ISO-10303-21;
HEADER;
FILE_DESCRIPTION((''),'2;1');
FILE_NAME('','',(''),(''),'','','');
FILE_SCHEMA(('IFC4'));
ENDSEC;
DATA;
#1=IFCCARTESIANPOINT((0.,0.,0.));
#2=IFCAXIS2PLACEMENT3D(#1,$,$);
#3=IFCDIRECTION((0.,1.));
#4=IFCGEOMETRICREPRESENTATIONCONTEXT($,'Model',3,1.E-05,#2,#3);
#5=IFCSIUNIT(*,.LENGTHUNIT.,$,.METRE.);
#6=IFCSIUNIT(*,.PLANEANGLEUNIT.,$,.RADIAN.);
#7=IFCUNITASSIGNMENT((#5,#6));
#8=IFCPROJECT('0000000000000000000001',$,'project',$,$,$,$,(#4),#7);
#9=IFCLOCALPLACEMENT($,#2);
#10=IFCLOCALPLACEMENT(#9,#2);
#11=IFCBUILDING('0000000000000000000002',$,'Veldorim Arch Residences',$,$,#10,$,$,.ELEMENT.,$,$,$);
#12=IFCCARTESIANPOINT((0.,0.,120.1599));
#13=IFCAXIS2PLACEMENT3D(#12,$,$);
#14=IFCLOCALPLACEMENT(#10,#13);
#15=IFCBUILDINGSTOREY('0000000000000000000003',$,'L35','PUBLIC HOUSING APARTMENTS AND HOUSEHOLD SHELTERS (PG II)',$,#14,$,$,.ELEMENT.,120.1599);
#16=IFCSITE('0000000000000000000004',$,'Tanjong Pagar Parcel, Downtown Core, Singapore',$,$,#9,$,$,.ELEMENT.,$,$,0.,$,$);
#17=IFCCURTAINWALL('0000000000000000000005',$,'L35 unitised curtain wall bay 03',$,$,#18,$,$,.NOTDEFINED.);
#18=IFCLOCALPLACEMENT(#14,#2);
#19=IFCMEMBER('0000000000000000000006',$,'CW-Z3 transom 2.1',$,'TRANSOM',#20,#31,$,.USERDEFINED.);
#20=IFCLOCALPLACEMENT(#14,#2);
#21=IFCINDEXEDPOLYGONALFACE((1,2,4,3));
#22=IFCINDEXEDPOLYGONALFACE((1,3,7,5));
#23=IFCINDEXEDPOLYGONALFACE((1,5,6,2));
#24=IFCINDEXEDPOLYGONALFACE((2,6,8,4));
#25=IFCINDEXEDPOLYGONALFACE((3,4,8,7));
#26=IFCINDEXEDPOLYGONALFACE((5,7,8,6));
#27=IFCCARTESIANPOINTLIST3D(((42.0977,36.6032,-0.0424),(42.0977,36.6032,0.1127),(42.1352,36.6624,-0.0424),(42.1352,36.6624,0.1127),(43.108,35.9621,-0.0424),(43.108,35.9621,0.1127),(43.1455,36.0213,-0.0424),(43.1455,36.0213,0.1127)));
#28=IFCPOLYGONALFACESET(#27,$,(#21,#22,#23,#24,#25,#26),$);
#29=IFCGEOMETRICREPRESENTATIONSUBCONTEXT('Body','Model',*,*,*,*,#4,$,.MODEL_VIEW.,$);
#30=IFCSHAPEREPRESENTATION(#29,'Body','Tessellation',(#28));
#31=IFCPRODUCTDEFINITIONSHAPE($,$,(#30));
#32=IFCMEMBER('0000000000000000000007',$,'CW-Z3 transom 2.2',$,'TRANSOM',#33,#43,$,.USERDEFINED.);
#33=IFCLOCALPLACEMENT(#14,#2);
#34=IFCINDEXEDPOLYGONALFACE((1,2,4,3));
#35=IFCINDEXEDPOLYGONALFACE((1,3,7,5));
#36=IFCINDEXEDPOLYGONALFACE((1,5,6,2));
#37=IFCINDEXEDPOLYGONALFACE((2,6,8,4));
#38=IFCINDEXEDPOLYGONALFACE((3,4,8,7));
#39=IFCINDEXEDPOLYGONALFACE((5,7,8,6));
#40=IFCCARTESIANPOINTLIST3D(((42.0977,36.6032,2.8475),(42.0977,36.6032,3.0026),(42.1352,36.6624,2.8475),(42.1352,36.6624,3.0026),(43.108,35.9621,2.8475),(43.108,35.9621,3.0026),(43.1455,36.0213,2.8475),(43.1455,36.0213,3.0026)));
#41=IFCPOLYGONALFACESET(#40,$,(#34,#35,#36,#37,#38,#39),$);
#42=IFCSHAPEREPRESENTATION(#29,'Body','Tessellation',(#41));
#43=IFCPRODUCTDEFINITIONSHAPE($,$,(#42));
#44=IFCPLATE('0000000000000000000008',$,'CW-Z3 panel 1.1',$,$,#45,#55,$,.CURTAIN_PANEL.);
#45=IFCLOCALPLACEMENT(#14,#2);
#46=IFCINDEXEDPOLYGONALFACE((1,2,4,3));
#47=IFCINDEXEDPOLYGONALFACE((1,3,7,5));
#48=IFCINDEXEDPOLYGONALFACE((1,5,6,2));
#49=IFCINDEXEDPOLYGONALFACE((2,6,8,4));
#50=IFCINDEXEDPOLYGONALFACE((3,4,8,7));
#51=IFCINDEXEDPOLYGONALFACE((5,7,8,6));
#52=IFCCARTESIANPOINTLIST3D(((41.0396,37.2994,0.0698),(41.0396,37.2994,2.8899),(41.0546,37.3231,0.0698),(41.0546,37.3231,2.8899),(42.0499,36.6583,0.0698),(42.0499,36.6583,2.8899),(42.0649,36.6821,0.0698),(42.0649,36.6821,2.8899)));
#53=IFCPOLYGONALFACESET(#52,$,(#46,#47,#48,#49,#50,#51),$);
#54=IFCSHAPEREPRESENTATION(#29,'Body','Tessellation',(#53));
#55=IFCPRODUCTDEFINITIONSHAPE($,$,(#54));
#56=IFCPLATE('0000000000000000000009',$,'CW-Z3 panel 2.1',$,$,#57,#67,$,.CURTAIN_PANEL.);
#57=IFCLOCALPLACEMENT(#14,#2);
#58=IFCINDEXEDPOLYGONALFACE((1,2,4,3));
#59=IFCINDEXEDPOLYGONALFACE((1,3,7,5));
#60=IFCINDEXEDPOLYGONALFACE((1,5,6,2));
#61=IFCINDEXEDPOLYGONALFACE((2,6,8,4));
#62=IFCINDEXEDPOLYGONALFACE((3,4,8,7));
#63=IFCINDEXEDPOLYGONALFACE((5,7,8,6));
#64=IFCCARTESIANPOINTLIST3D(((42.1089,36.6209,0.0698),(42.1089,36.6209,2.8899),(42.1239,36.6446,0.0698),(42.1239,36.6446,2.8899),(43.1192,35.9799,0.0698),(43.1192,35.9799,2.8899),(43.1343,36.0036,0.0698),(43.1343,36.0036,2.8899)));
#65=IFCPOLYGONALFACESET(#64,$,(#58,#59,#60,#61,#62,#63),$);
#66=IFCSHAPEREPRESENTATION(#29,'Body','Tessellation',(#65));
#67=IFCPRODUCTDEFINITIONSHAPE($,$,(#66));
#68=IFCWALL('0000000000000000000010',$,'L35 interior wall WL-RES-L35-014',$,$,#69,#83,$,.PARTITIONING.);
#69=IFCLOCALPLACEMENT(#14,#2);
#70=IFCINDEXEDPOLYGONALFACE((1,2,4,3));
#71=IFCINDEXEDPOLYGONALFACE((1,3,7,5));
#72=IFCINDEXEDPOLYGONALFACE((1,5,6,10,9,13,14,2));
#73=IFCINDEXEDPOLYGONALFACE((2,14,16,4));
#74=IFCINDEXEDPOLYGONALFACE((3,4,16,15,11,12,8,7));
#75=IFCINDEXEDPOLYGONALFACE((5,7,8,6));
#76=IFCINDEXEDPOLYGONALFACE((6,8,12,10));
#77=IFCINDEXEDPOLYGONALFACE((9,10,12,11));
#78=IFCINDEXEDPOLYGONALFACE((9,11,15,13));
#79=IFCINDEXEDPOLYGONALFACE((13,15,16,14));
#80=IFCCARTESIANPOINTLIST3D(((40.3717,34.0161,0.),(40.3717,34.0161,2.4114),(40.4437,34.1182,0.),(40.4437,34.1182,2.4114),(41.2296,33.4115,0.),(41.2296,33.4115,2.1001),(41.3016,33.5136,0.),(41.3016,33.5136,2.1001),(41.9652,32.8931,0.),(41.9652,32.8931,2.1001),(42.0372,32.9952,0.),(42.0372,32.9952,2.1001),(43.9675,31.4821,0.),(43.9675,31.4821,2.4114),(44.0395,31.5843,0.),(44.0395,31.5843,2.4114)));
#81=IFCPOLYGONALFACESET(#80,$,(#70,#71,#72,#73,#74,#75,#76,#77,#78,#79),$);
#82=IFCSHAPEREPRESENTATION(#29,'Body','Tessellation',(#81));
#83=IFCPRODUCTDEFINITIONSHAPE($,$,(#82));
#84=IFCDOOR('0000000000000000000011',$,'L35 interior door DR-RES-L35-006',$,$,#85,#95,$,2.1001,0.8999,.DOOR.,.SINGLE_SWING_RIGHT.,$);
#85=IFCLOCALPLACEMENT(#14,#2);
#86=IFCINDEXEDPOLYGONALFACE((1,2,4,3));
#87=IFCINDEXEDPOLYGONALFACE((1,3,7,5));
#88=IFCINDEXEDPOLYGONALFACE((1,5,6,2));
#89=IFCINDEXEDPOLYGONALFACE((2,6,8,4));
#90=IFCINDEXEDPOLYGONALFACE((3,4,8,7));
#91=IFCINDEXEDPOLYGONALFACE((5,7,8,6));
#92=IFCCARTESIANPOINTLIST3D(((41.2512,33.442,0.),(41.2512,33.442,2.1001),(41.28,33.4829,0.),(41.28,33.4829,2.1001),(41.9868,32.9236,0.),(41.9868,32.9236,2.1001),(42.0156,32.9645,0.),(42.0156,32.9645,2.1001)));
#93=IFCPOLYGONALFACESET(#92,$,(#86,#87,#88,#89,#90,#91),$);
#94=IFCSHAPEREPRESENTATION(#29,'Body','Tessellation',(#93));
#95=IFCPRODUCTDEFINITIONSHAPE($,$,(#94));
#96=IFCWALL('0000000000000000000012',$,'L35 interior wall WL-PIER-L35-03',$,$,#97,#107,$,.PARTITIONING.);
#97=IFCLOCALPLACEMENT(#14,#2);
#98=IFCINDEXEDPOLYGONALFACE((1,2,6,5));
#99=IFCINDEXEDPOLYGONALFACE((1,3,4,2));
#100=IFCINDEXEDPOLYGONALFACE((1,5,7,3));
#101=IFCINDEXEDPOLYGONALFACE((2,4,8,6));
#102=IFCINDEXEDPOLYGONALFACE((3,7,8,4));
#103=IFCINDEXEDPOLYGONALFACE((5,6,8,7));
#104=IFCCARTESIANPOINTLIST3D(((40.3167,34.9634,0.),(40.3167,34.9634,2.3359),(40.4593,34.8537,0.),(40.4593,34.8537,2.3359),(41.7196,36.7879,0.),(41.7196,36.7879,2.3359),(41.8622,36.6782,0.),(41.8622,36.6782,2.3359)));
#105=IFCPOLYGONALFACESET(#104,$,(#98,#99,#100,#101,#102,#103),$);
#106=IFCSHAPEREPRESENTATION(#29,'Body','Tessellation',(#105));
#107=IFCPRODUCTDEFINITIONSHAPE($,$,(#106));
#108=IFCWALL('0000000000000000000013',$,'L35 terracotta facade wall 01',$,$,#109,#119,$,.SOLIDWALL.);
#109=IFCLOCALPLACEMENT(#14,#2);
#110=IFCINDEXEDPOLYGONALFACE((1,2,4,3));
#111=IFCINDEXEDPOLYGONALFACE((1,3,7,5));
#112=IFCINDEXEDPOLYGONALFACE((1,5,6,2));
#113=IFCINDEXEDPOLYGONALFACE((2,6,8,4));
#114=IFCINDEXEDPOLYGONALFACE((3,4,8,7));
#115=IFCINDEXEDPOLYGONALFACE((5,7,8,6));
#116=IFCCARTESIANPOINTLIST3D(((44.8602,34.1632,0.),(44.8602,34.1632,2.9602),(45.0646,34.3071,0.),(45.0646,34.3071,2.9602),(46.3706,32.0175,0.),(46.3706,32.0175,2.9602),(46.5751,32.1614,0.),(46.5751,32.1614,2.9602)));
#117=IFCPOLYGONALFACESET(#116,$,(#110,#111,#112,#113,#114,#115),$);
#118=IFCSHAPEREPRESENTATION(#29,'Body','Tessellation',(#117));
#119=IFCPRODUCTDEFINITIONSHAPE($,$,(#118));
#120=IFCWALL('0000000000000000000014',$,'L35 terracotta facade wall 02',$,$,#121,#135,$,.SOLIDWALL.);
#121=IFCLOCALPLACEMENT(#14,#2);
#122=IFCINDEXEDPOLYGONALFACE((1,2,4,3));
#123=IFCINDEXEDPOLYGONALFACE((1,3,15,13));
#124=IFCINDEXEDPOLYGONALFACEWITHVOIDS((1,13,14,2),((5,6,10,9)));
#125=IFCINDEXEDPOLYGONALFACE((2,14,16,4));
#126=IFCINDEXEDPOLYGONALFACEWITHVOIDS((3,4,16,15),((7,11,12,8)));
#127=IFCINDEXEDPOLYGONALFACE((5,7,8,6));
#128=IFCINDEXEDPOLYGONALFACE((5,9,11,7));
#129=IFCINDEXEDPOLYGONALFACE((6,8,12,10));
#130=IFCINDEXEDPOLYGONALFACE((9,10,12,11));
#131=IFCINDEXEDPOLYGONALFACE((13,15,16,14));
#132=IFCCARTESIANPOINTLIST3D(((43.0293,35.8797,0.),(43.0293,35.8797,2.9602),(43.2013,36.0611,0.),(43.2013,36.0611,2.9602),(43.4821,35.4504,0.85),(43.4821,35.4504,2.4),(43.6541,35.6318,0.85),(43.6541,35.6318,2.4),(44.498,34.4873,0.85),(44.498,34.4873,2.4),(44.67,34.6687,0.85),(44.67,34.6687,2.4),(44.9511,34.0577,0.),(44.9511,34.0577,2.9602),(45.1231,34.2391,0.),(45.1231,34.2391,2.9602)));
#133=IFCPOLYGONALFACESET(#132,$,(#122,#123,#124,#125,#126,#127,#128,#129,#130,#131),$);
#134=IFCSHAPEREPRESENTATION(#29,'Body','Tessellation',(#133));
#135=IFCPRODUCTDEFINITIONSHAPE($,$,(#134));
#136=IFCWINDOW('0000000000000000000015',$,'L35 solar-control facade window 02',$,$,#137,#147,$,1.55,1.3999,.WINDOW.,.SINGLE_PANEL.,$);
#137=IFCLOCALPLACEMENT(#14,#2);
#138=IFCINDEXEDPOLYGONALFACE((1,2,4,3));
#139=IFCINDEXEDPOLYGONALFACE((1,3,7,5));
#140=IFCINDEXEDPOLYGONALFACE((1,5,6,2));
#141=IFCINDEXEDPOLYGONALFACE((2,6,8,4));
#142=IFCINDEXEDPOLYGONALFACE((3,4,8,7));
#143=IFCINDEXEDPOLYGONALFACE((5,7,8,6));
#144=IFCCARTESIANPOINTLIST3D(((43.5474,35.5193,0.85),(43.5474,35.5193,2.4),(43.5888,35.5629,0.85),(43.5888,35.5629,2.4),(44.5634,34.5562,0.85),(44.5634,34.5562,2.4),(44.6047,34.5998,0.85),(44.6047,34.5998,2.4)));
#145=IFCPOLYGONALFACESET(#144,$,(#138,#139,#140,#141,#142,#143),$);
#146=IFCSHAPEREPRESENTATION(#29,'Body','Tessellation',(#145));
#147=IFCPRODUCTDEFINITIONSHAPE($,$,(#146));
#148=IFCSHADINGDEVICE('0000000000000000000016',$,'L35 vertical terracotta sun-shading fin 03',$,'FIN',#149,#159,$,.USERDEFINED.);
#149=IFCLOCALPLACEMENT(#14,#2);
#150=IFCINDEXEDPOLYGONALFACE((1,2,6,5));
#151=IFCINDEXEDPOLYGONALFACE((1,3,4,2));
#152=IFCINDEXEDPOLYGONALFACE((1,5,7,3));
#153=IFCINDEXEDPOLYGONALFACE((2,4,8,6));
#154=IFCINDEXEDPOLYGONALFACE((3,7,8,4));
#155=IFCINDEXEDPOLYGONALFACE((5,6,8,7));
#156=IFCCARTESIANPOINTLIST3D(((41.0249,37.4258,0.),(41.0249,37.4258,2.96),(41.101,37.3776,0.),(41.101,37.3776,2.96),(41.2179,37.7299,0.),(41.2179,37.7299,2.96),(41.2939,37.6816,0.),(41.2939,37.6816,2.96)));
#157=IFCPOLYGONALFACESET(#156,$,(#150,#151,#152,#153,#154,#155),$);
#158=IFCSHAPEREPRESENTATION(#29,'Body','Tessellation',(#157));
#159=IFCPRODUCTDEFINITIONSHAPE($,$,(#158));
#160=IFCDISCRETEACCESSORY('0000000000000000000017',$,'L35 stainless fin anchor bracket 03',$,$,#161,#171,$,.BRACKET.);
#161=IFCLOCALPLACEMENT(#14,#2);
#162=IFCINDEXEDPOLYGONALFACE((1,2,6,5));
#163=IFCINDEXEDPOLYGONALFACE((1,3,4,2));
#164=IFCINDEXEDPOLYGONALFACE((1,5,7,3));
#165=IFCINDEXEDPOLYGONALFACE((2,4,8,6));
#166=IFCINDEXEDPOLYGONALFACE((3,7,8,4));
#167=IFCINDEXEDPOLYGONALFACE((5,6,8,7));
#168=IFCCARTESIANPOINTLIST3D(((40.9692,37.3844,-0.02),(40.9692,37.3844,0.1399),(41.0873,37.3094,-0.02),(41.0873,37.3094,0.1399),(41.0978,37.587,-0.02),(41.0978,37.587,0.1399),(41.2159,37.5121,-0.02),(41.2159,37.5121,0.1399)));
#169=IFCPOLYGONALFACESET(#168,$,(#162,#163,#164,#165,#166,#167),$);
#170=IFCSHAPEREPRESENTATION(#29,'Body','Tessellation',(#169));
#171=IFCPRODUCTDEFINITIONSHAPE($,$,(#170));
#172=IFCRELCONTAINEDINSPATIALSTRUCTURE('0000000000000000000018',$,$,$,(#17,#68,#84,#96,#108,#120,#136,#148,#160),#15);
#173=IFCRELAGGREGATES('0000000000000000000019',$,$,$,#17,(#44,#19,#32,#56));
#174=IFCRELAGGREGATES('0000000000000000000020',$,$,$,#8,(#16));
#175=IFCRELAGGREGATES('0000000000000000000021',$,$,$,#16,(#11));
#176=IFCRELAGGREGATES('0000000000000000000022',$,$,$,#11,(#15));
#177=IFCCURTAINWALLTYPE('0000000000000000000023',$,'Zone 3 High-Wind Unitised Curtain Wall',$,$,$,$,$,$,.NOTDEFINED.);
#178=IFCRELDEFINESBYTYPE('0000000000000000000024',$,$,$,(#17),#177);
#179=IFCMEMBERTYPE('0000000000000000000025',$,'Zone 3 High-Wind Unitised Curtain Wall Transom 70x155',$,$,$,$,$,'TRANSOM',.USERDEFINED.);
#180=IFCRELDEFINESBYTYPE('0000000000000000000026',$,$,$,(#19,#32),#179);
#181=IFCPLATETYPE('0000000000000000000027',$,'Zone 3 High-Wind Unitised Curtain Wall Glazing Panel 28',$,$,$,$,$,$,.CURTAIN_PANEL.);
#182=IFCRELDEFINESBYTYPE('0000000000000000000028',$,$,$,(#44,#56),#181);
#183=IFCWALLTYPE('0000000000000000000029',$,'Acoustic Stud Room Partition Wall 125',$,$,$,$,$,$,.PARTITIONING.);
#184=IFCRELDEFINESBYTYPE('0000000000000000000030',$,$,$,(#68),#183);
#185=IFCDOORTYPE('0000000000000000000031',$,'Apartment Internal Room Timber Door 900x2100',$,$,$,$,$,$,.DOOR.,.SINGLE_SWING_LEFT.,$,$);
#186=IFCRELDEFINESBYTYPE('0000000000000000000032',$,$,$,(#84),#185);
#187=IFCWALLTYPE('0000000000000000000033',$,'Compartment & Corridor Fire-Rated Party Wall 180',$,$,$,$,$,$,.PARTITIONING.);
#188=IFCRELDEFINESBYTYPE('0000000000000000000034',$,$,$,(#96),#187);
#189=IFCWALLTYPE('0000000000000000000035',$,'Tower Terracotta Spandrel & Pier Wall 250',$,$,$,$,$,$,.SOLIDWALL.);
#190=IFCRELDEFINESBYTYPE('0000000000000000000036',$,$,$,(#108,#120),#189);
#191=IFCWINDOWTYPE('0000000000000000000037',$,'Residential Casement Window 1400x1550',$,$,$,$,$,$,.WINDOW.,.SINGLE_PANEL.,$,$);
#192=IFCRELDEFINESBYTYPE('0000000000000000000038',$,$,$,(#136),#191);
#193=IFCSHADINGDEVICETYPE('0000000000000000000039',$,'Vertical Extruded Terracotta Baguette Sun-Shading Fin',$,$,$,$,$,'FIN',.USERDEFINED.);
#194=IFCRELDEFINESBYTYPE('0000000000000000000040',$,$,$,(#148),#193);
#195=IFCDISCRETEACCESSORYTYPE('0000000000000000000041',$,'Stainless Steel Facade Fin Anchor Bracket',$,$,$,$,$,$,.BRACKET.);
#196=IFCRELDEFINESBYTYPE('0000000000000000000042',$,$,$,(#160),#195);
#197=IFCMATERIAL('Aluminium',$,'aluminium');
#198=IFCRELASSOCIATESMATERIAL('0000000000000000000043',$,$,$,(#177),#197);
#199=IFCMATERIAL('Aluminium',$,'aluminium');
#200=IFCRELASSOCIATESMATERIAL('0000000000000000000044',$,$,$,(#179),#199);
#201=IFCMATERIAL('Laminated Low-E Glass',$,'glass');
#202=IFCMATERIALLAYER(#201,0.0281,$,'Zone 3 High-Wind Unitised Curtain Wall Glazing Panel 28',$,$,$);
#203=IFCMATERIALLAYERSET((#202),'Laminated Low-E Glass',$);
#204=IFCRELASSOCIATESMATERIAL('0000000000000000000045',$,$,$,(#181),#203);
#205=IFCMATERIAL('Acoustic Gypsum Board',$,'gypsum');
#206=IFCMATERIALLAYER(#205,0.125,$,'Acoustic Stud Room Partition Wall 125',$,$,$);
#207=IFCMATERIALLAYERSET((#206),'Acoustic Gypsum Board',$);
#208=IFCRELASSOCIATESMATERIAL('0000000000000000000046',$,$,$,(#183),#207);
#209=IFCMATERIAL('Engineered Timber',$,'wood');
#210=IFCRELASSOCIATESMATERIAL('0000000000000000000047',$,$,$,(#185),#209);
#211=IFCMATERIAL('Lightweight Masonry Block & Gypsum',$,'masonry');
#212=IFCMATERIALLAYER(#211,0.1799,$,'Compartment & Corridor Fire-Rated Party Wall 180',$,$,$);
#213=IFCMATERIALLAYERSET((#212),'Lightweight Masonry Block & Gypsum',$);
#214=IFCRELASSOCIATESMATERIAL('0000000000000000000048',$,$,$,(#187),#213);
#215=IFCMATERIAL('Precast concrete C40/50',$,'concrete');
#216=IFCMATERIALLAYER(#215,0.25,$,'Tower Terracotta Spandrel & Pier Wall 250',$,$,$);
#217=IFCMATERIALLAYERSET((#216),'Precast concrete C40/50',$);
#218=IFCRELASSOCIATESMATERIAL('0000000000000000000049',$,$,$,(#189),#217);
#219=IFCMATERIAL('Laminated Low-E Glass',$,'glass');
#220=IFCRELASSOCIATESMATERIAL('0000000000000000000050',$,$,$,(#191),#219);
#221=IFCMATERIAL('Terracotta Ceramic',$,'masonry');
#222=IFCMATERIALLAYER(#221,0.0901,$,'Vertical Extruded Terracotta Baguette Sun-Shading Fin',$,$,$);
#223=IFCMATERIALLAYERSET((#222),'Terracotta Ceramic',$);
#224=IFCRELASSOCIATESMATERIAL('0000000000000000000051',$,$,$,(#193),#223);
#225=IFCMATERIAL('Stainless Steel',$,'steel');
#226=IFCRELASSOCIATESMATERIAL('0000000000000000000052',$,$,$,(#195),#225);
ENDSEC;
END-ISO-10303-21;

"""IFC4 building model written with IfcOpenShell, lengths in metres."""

from ifc_helpers import new_model, si_unit, direction, frame, frame_2d, origin, origin_2d, place, context, subcontext, project, spatial, rectangle, extrude, material, layer, layer_set, material_profile, profile_set, type_object, element, fill, aggregate, save


model = new_model("IFC4")

# Units and contexts
model_context = context("Model", 3, precision=1e-05, world=origin(), true_north=direction((0.0, 1.0)))
body_context = subcontext(model_context, "Body", "Model", "MODEL_VIEW")
ifc_project = project(units=[si_unit("LENGTHUNIT", "METRE"), si_unit("PLANEANGLEUNIT", "RADIAN")], contexts=[model_context])

# Site, building, storey
site_placement = place(None, origin())
site = spatial("IfcSite", under=ifc_project, at=site_placement, Name="Tanjong Pagar Parcel, Downtown Core, Singapore", CompositionType="ELEMENT", RefElevation=0.0)
building_placement = place(site_placement, origin())
building = spatial("IfcBuilding", under=site, at=building_placement, Name="Veldorim Arch Residences", CompositionType="ELEMENT")
storey_placement = place(building_placement, frame((0.0, 0.0, 120.1599)))
storey = spatial("IfcBuildingStorey", under=building, at=storey_placement, Name="L35", Description="PUBLIC HOUSING APARTMENTS AND HOUSEHOLD SHELTERS (PG II)", CompositionType="ELEMENT", Elevation=120.1599)

# Curtain wall, members, plates
ifc_material_1 = material(Name="Aluminium", Category="aluminium")
curtain_wall_type = type_object("IfcCurtainWallType", Name="Zone 3 High-Wind Unitised Curtain Wall", PredefinedType="NOTDEFINED", material=ifc_material_1)
curtain_wall_placement = place(storey_placement, origin())
curtain_wall = element("IfcCurtainWall", 1, at=curtain_wall_placement, inside=storey, type_object=curtain_wall_type, Name="L35 unitised curtain wall bay 03", PredefinedType="NOTDEFINED")
ifc_material_2 = material(Name="Aluminium", Category="aluminium")
ifc_material_profile_1 = material_profile(ifc_material_2, rectangle(XDim=0.0701, YDim=0.155, at=origin_2d()), Name="ALU_TRN_70x155")
ifc_profile_set_1 = profile_set([ifc_material_profile_1], Name="Aluminium")
member_type_1 = type_object("IfcMemberType", Name="Zone 3 High-Wind Unitised Curtain Wall Transom 70x155", ElementType="TRANSOM", PredefinedType="USERDEFINED", material=ifc_profile_set_1)
member_1_placement = place(storey_placement, frame((42.1165, 36.6328, 0.0352), z_axis=(0.844333, -0.535819, 0.0), x_axis=(0.535819, 0.844333, 0.0)))
member_1 = element("IfcMember", 2, at=member_1_placement, type_object=member_type_1, Name="CW-Z3 transom 2.1", ObjectType="TRANSOM", PredefinedType="USERDEFINED", context=body_context, shape_type="SweptSolid", body=[
    extrude(rectangle(XDim=0.0701, YDim=0.155, at=origin_2d()), origin(), (0.0, 0.0, 1.0), 1.1965),
])
member_2_placement = place(storey_placement, frame((42.1165, 36.6328, 2.925), z_axis=(0.844333, -0.535819, 0.0), x_axis=(0.535819, 0.844333, 0.0)))
member_2 = element("IfcMember", 3, at=member_2_placement, type_object=member_type_1, Name="CW-Z3 transom 2.2", ObjectType="TRANSOM", PredefinedType="USERDEFINED", context=body_context, shape_type="SweptSolid", body=[
    extrude(rectangle(XDim=0.0701, YDim=0.155, at=origin_2d()), origin(), (0.0, 0.0, 1.0), 1.1965),
])
ifc_material_3 = material(Name="Laminated Low-E Glass", Category="glass")
ifc_layer_1 = layer(ifc_material_3, 0.0281, Name="Zone 3 High-Wind Unitised Curtain Wall Glazing Panel 28")
ifc_layer_set_1 = layer_set([ifc_layer_1], Name="Laminated Low-E Glass")
plate_type = type_object("IfcPlateType", Name="Zone 3 High-Wind Unitised Curtain Wall Glazing Panel 28", PredefinedType="CURTAIN_PANEL", material=ifc_layer_set_1)
plate_1_placement = place(storey_placement, frame((41.5522, 36.9907, 0.0698), z_axis=(0.0, 0.0, 1.0), x_axis=(0.844374, -0.535754, 0.0)))
plate_1 = element("IfcPlate", 4, at=plate_1_placement, type_object=plate_type, Name="CW-Z3 panel 1.1", PredefinedType="CURTAIN_PANEL", context=body_context, shape_type="SweptSolid", body=[
    extrude(rectangle(XDim=1.1965, YDim=0.0281, at=origin_2d()), origin(), (0.0, 0.0, 1.0), 2.8201),
])
plate_2_placement = place(storey_placement, frame((42.6216, 36.3123, 0.0698), z_axis=(0.0, 0.0, 1.0), x_axis=(0.844374, -0.535754, 0.0)))
plate_2 = element("IfcPlate", 5, at=plate_2_placement, type_object=plate_type, Name="CW-Z3 panel 2.1", PredefinedType="CURTAIN_PANEL", context=body_context, shape_type="SweptSolid", body=[
    extrude(rectangle(XDim=1.1965, YDim=0.0281, at=origin_2d()), origin(), (0.0, 0.0, 1.0), 2.8201),
])
aggregate(curtain_wall, [plate_1, member_1, member_2, plate_2])

# Wall, opening, door
ifc_material_4 = material(Name="Acoustic Gypsum Board", Category="gypsum")
ifc_layer_2 = layer(ifc_material_4, 0.125, Name="Acoustic Stud Room Partition Wall 125")
ifc_layer_set_2 = layer_set([ifc_layer_2], Name="Acoustic Gypsum Board")
wall_type_1 = type_object("IfcWallType", Name="Acoustic Stud Room Partition Wall 125", PredefinedType="PARTITIONING", material=ifc_layer_set_2)
wall_1_placement = place(storey_placement, frame((40.4077, 34.0671, 0.0), z_axis=(0.0, 0.0, 1.0), x_axis=(0.817418, -0.576045, 0.0)))
wall_1 = element("IfcWall", 6, at=wall_1_placement, inside=storey, type_object=wall_type_1, Name="L35 interior wall WL-RES-L35-014", PredefinedType="PARTITIONING", context=body_context, shape_type="SweptSolid", body=[
    extrude(rectangle(XDim=4.3989, YDim=0.125, at=frame_2d((2.1995, 0.0))), origin(), (0.0, 0.0, 1.0), 2.4114),
])
opening_1_placement = place(wall_1_placement, frame((1.0496, 0.0, 0.0)))
opening_1 = element("IfcOpeningElement", 7, at=opening_1_placement, cuts=wall_1, PredefinedType="OPENING", context=body_context, shape_type="SweptSolid", body=[
    extrude(rectangle(XDim=0.8999, YDim=2.1001, at=frame_2d((0.45, 1.05))), frame((0.0, 0.0725, 0.0), z_axis=(0.0, -1.0, 0.0), x_axis=(1.0, 0.0, 0.0)), (0.0, 0.0, 1.0), 0.145),
])
ifc_material_5 = material(Name="Engineered Timber", Category="wood")
door_type = type_object("IfcDoorType", Name="Apartment Internal Room Timber Door 900x2100", OperationType="SINGLE_SWING_LEFT", PredefinedType="DOOR", material=ifc_material_5)
door_placement = place(opening_1_placement, origin())
door = element("IfcDoor", 8, at=door_placement, inside=storey, type_object=door_type, Name="L35 interior door DR-RES-L35-006", OperationType="SINGLE_SWING_RIGHT", OverallHeight=2.1001, OverallWidth=0.8999, PredefinedType="DOOR", context=body_context, shape_type="SweptSolid", body=[
    extrude(rectangle(XDim=0.8999, YDim=2.1001, at=frame_2d((0.45, 1.05))), frame((0.0, 0.0249, 0.0), z_axis=(0.0, -1.0, 0.0), x_axis=(1.0, 0.0, 0.0)), (0.0, 0.0, 1.0), 0.05),
])
fill(opening_1, door)

# Walls
ifc_material_6 = material(Name="Lightweight Masonry Block & Gypsum", Category="masonry")
ifc_layer_3 = layer(ifc_material_6, 0.1799, Name="Compartment & Corridor Fire-Rated Party Wall 180")
ifc_layer_set_3 = layer_set([ifc_layer_3], Name="Lightweight Masonry Block & Gypsum")
wall_type_2 = type_object("IfcWallType", Name="Compartment & Corridor Fire-Rated Party Wall 180", PredefinedType="PARTITIONING", material=ifc_layer_set_3)
wall_2_placement = place(storey_placement, frame((40.3879, 34.9084, 0.0), z_axis=(0.0, 0.0, 1.0), x_axis=(0.609547, 0.79275, 0.0)))
element("IfcWall", 9, at=wall_2_placement, inside=storey, type_object=wall_type_2, Name="L35 interior wall WL-PIER-L35-03", PredefinedType="PARTITIONING", context=body_context, shape_type="SweptSolid", body=[
    extrude(rectangle(XDim=2.3015, YDim=0.1799, at=frame_2d((1.1509, 0.0))), origin(), (0.0, 0.0, 1.0), 2.3359),
])
ifc_material_7 = material(Name="Precast concrete C40/50", Category="concrete")
ifc_layer_4 = layer(ifc_material_7, 0.25, Name="Tower Terracotta Spandrel & Pier Wall 250")
ifc_layer_set_4 = layer_set([ifc_layer_4], Name="Precast concrete C40/50")
wall_type_3 = type_object("IfcWallType", Name="Tower Terracotta Spandrel & Pier Wall 250", PredefinedType="SOLIDWALL", material=ifc_layer_set_4)
wall_3_placement = place(storey_placement, frame((44.9624, 34.2351, 0.0), z_axis=(0.0, 0.0, 1.0), x_axis=(0.575627, -0.817712, 0.0)))
element("IfcWall", 10, at=wall_3_placement, inside=storey, type_object=wall_type_3, Name="L35 terracotta facade wall 01", PredefinedType="SOLIDWALL", context=body_context, shape_type="SweptSolid", body=[
    extrude(rectangle(XDim=2.624, YDim=0.25, at=frame_2d((1.312, 0.0))), origin(), (0.0, 0.0, 1.0), 2.9602),
])

# Wall, opening, window
wall_4_placement = place(storey_placement, frame((43.1152, 35.9705, 0.0), z_axis=(0.0, 0.0, 1.0), x_axis=(0.725708, -0.688003, 0.0)))
wall_4 = element("IfcWall", 11, at=wall_4_placement, inside=storey, type_object=wall_type_3, Name="L35 terracotta facade wall 02", PredefinedType="SOLIDWALL", context=body_context, shape_type="SweptSolid", body=[
    extrude(rectangle(XDim=2.6482, YDim=0.25, at=frame_2d((1.3242, 0.0))), origin(), (0.0, 0.0, 1.0), 2.9602),
])
opening_2_placement = place(wall_4_placement, frame((0.624, 0.0, 0.8501)))
opening_2 = element("IfcOpeningElement", 12, at=opening_2_placement, cuts=wall_4, PredefinedType="OPENING", context=body_context, shape_type="SweptSolid", body=[
    extrude(rectangle(XDim=1.3999, YDim=1.55, at=frame_2d((0.7, 0.7749))), frame((0.0, 0.135, 0.0), z_axis=(0.0, -1.0, 0.0), x_axis=(1.0, 0.0, 0.0)), (0.0, 0.0, 1.0), 0.27),
])
ifc_material_8 = material(Name="Laminated Low-E Glass", Category="glass")
window_type = type_object("IfcWindowType", Name="Residential Casement Window 1400x1550", PartitioningType="SINGLE_PANEL", PredefinedType="WINDOW", material=ifc_material_8)
window_placement = place(opening_2_placement, origin())
window = element("IfcWindow", 13, at=window_placement, inside=storey, type_object=window_type, Name="L35 solar-control facade window 02", OverallHeight=1.55, OverallWidth=1.3999, PartitioningType="SINGLE_PANEL", PredefinedType="WINDOW", context=body_context, shape_type="SweptSolid", body=[
    extrude(rectangle(XDim=1.3999, YDim=1.55, at=frame_2d((0.7, 0.7749))), frame((0.0, 0.03, 0.0), z_axis=(0.0, -1.0, 0.0), x_axis=(1.0, 0.0, 0.0)), (0.0, 0.0, 1.0), 0.0601),
])
fill(opening_2, window)

# Shading device
ifc_material_9 = material(Name="Terracotta Ceramic", Category="masonry")
ifc_layer_5 = layer(ifc_material_9, 0.0901, Name="Vertical Extruded Terracotta Baguette Sun-Shading Fin")
ifc_layer_set_5 = layer_set([ifc_layer_5], Name="Terracotta Ceramic")
shading_device_type = type_object("IfcShadingDeviceType", Name="Vertical Extruded Terracotta Baguette Sun-Shading Fin", ElementType="FIN", PredefinedType="USERDEFINED", material=ifc_layer_set_5)
shading_device_placement = place(storey_placement, frame((41.1594, 37.5537, 0.0), z_axis=(0.0, 0.0, 1.0), x_axis=(0.844328, -0.535827, 0.0)))
element("IfcShadingDevice", 14, at=shading_device_placement, inside=storey, type_object=shading_device_type, Name="L35 vertical terracotta sun-shading fin 03", ObjectType="FIN", PredefinedType="USERDEFINED", context=body_context, shape_type="SweptSolid", body=[
    extrude(rectangle(XDim=0.0901, YDim=0.3601, at=origin_2d()), origin(), (0.0, 0.0, 1.0), 2.96),
])

# Discrete accessory
ifc_material_10 = material(Name="Stainless Steel", Category="steel")
discrete_accessory_type = type_object("IfcDiscreteAccessoryType", Name="Stainless Steel Facade Fin Anchor Bracket", PredefinedType="BRACKET", material=ifc_material_10)
discrete_accessory_placement = place(storey_placement, frame((41.0925, 37.4482, -0.02), z_axis=(0.0, 0.0, 1.0), x_axis=(0.844328, -0.535827, 0.0)))
element("IfcDiscreteAccessory", 15, at=discrete_accessory_placement, inside=storey, type_object=discrete_accessory_type, Name="L35 stainless fin anchor bracket 03", PredefinedType="BRACKET", context=body_context, shape_type="SweptSolid", body=[
    extrude(rectangle(XDim=0.1399, YDim=0.24, at=origin_2d()), origin(), (0.0, 0.0, 1.0), 0.1599),
])

save(model, "model.ifc")
